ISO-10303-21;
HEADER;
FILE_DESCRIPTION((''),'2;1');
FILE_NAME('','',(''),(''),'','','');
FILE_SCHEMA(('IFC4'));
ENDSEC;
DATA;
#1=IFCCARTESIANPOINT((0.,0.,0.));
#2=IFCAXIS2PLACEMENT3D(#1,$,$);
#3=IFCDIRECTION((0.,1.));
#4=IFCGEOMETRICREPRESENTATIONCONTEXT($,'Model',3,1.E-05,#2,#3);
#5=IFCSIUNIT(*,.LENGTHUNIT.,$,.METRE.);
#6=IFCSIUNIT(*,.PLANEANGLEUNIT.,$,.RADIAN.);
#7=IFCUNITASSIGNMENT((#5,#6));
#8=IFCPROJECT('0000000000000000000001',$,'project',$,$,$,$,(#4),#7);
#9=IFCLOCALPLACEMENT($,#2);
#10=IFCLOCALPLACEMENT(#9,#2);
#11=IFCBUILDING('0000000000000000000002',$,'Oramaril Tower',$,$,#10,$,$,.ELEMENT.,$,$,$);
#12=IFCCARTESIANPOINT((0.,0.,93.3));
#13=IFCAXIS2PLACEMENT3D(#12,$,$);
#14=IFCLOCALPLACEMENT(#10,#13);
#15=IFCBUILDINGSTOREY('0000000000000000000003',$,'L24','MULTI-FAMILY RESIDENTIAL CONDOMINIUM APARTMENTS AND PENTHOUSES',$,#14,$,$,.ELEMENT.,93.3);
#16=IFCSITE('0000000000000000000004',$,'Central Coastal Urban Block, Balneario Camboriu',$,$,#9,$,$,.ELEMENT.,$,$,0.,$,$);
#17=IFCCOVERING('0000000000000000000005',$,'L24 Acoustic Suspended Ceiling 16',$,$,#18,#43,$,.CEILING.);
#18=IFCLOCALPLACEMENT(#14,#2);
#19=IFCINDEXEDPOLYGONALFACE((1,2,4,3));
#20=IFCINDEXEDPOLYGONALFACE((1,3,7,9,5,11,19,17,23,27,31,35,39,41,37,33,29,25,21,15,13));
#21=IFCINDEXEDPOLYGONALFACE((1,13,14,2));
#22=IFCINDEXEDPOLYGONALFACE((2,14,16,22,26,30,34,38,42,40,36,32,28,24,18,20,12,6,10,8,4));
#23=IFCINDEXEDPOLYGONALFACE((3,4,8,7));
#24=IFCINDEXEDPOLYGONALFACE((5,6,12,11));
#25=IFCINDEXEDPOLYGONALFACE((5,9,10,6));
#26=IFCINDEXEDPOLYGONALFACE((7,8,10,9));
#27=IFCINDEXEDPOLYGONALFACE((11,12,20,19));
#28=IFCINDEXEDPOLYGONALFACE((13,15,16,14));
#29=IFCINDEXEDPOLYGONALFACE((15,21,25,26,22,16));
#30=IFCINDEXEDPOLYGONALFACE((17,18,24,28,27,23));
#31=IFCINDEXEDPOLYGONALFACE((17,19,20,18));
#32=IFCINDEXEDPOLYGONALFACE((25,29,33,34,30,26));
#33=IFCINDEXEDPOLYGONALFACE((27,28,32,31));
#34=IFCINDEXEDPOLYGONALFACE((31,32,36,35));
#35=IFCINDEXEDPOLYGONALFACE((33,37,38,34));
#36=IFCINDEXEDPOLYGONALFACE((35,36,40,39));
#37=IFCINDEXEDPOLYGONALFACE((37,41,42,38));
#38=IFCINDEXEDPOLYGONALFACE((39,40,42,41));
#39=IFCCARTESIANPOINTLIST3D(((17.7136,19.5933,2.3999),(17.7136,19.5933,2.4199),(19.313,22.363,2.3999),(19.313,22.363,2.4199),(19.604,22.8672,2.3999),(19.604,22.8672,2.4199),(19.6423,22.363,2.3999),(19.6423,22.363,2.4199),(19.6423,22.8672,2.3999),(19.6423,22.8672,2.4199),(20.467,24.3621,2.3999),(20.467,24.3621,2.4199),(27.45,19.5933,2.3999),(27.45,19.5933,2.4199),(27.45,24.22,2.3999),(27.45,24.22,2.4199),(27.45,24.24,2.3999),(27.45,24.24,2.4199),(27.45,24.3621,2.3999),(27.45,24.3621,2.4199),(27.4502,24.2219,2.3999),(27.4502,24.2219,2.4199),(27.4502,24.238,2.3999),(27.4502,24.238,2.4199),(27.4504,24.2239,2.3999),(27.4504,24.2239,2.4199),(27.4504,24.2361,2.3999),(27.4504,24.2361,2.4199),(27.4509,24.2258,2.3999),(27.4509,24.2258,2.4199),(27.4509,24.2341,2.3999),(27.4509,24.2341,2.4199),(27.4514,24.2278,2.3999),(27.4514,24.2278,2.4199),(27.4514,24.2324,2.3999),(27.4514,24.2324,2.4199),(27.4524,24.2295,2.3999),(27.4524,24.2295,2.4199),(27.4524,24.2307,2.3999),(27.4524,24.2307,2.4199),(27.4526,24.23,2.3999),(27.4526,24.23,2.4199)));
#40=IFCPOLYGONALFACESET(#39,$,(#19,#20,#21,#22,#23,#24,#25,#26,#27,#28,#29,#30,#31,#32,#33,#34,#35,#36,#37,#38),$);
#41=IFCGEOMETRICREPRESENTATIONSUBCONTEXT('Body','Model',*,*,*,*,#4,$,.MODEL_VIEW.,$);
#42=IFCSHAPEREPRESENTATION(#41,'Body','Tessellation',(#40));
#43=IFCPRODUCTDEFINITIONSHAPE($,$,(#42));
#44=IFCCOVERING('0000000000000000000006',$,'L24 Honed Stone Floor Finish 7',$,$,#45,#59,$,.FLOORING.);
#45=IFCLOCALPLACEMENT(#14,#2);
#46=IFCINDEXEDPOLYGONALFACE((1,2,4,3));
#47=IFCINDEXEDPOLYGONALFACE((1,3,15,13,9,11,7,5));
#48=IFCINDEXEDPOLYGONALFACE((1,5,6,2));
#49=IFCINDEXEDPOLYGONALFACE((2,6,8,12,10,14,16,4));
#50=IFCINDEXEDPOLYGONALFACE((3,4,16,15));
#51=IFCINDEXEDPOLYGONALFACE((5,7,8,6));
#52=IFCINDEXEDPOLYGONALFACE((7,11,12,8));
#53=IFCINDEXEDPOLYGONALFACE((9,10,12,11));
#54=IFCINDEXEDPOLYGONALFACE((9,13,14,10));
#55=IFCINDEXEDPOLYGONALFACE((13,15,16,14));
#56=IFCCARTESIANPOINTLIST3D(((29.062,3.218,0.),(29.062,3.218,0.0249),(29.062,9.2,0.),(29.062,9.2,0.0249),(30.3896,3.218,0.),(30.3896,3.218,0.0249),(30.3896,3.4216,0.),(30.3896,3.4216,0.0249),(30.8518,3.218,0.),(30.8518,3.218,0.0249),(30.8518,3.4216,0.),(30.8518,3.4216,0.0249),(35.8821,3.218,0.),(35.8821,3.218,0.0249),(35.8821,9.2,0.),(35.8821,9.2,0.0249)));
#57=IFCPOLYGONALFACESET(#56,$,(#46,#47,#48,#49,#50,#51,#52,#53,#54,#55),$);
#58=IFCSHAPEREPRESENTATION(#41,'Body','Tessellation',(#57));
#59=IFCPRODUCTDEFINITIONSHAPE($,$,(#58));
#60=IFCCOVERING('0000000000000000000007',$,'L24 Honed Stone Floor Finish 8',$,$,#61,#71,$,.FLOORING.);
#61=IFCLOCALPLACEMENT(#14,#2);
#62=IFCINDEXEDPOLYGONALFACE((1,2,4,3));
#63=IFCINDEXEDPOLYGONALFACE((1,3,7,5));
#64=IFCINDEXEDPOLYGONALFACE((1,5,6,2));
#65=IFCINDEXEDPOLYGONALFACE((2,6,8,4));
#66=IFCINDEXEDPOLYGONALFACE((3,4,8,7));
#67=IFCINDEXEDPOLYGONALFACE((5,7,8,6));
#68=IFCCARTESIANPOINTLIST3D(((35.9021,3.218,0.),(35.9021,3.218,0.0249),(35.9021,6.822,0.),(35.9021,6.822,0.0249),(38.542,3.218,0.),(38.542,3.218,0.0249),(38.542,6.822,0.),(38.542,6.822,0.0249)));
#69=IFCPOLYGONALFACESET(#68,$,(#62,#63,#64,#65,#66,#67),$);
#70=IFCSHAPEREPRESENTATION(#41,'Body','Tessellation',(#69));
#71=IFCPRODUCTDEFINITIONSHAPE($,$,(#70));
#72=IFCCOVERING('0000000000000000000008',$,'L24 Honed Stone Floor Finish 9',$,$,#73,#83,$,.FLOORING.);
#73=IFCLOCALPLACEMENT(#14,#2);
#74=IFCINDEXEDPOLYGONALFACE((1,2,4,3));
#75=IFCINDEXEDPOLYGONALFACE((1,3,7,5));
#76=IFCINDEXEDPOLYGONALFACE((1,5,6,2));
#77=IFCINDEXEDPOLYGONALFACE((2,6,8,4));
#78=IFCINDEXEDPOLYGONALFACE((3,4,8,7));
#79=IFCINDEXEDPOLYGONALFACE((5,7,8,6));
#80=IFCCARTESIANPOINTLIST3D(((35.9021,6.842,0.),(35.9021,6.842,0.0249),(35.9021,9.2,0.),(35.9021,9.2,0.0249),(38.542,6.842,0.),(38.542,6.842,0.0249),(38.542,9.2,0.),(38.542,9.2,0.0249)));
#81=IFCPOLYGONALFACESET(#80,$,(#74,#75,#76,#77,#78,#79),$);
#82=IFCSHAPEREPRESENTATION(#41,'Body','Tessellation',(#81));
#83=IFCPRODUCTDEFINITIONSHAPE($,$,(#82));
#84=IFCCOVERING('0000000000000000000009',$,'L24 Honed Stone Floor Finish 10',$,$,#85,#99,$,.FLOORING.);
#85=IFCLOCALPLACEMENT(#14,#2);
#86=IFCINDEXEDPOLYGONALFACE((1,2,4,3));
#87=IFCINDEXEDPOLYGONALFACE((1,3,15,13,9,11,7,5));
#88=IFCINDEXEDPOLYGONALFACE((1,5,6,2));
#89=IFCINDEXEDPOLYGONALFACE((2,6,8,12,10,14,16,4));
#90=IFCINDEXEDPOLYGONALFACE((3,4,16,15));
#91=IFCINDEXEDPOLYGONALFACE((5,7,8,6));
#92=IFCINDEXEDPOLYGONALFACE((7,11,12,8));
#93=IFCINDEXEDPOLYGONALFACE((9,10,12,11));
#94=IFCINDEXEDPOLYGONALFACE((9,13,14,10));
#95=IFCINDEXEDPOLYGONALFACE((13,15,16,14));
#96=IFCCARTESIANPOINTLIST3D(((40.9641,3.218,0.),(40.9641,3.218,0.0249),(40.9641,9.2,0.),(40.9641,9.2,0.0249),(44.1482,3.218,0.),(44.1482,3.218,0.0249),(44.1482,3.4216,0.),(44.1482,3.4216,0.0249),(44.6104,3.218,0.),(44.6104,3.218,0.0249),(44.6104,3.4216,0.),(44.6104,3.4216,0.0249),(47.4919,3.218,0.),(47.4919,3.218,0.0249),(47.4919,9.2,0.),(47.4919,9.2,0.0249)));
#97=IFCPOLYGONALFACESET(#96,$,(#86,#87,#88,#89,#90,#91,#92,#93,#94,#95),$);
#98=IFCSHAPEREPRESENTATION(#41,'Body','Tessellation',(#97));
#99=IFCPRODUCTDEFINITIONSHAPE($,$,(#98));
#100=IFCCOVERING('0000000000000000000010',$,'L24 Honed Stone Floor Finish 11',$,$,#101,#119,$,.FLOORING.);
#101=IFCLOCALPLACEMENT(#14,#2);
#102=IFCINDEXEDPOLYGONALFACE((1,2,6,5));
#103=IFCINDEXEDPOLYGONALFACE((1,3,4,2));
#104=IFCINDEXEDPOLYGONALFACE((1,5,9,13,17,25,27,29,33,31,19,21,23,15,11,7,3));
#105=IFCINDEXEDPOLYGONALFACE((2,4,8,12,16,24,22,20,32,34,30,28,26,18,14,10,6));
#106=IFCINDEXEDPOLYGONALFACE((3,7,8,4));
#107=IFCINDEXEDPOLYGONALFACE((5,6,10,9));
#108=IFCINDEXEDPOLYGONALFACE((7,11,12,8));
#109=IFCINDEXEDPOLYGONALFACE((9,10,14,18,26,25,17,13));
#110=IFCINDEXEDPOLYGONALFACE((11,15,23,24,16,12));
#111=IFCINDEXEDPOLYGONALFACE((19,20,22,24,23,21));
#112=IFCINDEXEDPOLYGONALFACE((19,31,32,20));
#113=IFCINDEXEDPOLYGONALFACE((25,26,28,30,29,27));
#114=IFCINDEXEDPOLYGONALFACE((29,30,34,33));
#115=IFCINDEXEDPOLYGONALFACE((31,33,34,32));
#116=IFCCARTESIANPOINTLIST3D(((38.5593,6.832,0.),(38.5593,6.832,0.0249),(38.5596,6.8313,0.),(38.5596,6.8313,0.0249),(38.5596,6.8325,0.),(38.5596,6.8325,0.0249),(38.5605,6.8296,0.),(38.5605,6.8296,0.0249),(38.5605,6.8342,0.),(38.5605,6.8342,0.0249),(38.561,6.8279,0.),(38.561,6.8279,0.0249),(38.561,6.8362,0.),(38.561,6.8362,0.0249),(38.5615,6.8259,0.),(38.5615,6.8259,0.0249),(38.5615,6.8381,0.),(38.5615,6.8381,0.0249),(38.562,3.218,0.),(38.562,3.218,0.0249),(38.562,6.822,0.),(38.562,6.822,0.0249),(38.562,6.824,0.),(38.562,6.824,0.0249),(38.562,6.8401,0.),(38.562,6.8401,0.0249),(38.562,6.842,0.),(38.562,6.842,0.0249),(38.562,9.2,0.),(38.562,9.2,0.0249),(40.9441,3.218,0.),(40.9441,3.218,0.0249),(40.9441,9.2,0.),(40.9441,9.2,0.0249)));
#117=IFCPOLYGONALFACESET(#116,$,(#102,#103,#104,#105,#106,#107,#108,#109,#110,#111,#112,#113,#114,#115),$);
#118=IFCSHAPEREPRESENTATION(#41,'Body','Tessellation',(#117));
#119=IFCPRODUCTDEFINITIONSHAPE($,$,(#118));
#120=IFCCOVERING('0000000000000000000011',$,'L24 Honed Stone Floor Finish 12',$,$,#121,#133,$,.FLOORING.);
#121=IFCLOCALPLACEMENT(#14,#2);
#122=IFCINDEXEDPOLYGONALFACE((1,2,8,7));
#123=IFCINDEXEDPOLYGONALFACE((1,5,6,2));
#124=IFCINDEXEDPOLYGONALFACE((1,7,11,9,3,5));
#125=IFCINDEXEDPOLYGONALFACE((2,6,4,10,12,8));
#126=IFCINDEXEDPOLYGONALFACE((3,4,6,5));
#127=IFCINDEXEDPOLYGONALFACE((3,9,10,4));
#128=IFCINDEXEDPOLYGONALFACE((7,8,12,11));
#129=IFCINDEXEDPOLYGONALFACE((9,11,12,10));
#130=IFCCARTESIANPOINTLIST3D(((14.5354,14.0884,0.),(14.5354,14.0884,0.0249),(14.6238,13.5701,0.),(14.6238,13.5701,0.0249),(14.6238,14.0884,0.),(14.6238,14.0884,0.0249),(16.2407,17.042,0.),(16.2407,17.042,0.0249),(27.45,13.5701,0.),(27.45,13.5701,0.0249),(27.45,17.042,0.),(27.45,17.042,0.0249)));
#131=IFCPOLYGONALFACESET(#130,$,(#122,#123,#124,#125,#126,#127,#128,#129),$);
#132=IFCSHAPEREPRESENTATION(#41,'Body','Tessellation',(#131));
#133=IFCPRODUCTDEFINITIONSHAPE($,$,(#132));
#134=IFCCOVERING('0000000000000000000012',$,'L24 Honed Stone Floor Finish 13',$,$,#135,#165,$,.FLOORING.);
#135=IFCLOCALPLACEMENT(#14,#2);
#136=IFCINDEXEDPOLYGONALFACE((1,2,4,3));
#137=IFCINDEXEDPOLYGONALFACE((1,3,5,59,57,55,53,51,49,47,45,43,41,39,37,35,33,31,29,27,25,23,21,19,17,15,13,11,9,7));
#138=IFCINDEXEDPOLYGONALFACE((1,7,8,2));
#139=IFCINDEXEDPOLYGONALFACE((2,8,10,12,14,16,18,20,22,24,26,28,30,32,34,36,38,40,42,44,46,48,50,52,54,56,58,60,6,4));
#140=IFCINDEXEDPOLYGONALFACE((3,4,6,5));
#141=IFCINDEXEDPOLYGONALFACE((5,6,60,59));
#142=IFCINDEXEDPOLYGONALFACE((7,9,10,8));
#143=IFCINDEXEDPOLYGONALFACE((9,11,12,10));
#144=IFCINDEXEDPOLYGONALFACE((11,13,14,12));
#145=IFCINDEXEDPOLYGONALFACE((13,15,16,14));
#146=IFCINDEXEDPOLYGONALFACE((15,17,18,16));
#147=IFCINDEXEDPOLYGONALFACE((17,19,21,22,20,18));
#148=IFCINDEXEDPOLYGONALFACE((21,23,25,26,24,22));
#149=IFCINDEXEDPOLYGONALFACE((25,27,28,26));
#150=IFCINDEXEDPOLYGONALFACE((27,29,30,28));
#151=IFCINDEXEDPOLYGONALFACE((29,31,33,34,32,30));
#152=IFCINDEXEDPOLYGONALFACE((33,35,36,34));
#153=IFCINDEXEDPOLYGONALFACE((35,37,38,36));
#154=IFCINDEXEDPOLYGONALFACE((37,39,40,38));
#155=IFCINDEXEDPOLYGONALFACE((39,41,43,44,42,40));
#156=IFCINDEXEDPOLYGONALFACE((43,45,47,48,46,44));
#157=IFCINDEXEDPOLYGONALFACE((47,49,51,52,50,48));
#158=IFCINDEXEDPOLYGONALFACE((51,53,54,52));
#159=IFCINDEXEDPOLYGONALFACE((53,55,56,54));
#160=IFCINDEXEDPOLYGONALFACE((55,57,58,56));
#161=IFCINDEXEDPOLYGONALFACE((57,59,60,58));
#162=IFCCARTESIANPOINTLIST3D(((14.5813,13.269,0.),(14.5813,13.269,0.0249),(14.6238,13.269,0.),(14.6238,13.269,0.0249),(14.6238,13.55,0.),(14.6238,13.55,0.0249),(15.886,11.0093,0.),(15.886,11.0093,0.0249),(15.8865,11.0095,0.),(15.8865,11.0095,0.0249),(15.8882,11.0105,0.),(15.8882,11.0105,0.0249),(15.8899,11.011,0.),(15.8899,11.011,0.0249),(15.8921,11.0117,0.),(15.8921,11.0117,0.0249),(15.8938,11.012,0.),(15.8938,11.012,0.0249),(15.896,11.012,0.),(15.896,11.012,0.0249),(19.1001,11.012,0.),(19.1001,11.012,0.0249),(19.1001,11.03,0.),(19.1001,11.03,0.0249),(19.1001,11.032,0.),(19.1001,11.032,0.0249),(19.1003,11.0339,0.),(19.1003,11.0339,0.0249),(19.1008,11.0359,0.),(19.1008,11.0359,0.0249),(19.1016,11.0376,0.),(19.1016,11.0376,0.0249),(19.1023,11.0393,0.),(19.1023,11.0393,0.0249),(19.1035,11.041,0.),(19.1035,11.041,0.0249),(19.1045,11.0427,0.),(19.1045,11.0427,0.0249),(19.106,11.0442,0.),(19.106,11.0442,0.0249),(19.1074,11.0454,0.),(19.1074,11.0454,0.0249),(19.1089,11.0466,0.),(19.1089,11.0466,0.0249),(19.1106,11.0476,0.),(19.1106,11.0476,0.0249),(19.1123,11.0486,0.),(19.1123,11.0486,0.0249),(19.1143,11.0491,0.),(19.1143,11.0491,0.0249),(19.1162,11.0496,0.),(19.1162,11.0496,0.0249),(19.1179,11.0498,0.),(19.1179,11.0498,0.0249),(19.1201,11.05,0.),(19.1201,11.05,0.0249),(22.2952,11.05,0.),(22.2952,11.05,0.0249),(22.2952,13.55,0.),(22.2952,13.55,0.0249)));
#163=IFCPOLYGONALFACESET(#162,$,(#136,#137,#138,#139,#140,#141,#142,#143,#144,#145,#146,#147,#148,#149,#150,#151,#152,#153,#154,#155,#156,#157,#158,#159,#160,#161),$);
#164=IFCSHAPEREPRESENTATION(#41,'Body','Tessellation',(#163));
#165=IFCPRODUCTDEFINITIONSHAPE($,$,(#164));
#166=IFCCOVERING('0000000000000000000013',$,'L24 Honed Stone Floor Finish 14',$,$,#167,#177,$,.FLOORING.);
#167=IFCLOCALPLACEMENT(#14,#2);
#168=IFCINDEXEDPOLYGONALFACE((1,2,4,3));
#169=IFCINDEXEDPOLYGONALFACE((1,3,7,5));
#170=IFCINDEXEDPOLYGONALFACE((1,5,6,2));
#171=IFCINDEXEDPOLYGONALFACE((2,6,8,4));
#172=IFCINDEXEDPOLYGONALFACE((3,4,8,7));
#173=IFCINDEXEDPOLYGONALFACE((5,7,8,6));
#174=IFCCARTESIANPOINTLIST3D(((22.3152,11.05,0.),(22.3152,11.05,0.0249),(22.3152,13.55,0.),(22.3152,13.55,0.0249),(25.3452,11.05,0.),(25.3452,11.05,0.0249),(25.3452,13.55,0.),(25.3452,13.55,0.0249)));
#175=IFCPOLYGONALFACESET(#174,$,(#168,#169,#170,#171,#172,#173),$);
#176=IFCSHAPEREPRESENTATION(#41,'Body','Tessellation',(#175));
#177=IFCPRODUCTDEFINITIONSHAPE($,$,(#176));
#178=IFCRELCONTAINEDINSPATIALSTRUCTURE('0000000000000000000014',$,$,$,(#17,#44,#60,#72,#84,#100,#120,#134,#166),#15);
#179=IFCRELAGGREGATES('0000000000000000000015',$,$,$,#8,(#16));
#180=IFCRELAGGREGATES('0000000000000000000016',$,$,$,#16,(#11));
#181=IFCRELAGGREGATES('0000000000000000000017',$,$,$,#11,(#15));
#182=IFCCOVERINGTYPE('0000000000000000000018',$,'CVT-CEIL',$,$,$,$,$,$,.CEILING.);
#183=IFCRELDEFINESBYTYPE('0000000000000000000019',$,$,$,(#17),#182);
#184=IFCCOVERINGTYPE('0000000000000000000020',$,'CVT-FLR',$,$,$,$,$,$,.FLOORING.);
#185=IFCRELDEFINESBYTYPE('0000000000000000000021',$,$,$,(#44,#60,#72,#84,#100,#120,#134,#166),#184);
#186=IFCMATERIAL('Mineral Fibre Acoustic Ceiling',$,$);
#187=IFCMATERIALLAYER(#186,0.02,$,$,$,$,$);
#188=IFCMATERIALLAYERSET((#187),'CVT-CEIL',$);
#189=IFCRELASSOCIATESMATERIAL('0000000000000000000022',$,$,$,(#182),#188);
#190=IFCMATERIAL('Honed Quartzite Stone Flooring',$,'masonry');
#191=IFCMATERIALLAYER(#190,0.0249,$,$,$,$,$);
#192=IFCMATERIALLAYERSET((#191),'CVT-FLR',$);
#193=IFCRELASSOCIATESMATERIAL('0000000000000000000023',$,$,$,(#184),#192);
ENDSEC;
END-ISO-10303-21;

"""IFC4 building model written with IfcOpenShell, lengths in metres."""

from ifc_helpers import new_model, si_unit, direction, frame, origin, place, context, subcontext, project, spatial, polyline, outline, extrude, material, layer, layer_set, type_object, element, save


model = new_model("IFC4")

# Units and contexts
model_context = context("Model", 3, precision=1e-05, world=origin(), true_north=direction((0.0, 1.0)))
body_context = subcontext(model_context, "Body", "Model", "MODEL_VIEW")
ifc_project = project(units=[si_unit("LENGTHUNIT", "METRE"), si_unit("PLANEANGLEUNIT", "RADIAN")], contexts=[model_context])

# Site, building, storey
site_placement = place(None, origin())
site = spatial("IfcSite", under=ifc_project, at=site_placement, Name="Central Coastal Urban Block, Balneario Camboriu", CompositionType="ELEMENT", RefElevation=0.0)
building_placement = place(site_placement, origin())
building = spatial("IfcBuilding", under=site, at=building_placement, Name="Oramaril Tower", CompositionType="ELEMENT")
storey_placement = place(building_placement, frame((0.0, 0.0, 93.3)))
storey = spatial("IfcBuildingStorey", under=building, at=storey_placement, Name="L24", Description="MULTI-FAMILY RESIDENTIAL CONDOMINIUM APARTMENTS AND PENTHOUSES", CompositionType="ELEMENT", Elevation=93.3)

# Coverings
ifc_material_1 = material(Name="Mineral Fibre Acoustic Ceiling")
ifc_layer_1 = layer(ifc_material_1, 0.02)
ifc_layer_set_1 = layer_set([ifc_layer_1], Name="CVT-CEIL")
covering_type_1 = type_object("IfcCoveringType", Name="CVT-CEIL", PredefinedType="CEILING", material=ifc_layer_set_1)
covering_1_placement = place(storey_placement, frame((0.0, 0.0, 2.3999)))
element("IfcCovering", 1, at=covering_1_placement, inside=storey, type_object=covering_type_1, Name="L24 Acoustic Suspended Ceiling 16", PredefinedType="CEILING", context=body_context, shape_type="SweptSolid", body=[
    extrude(outline(polyline([(17.7136, 19.5933), (19.313, 22.363), (19.6423, 22.363), (19.6423, 22.8672), (19.604, 22.8672), (20.467, 24.3621), (27.45, 24.3621), (27.45, 24.24), (27.4502, 24.238), (27.4504, 24.2361), (27.4509, 24.2341), (27.4514, 24.2324), (27.4524, 24.2307), (27.4526, 24.23), (27.4524, 24.2295), (27.4514, 24.2278), (27.4509, 24.2258), (27.4504, 24.2239), (27.4502, 24.2219), (27.45, 24.22), (27.45, 19.5933), (17.7136, 19.5933)])), origin(), (0.0, 0.0, 1.0), 0.02),
])
ifc_material_2 = material(Name="Honed Quartzite Stone Flooring", Category="masonry")
ifc_layer_2 = layer(ifc_material_2, 0.0249)
ifc_layer_set_2 = layer_set([ifc_layer_2], Name="CVT-FLR")
covering_type_2 = type_object("IfcCoveringType", Name="CVT-FLR", PredefinedType="FLOORING", material=ifc_layer_set_2)
covering_2_placement = place(storey_placement, origin())
element("IfcCovering", 2, at=covering_2_placement, inside=storey, type_object=covering_type_2, Name="L24 Honed Stone Floor Finish 7", PredefinedType="FLOORING", context=body_context, shape_type="SweptSolid", body=[
    extrude(outline(polyline([(35.8821, 3.218), (30.8518, 3.218), (30.8518, 3.4216), (30.3896, 3.4216), (30.3896, 3.218), (29.062, 3.218), (29.062, 9.2), (35.8821, 9.2), (35.8821, 3.218)])), origin(), (0.0, 0.0, 1.0), 0.0249),
])
covering_3_placement = place(storey_placement, origin())
element("IfcCovering", 3, at=covering_3_placement, inside=storey, type_object=covering_type_2, Name="L24 Honed Stone Floor Finish 8", PredefinedType="FLOORING", context=body_context, shape_type="SweptSolid", body=[
    extrude(outline(polyline([(38.542, 6.822), (38.542, 3.218), (35.9021, 3.218), (35.9021, 6.822), (38.542, 6.822)])), origin(), (0.0, 0.0, 1.0), 0.0249),
])
covering_4_placement = place(storey_placement, origin())
element("IfcCovering", 4, at=covering_4_placement, inside=storey, type_object=covering_type_2, Name="L24 Honed Stone Floor Finish 9", PredefinedType="FLOORING", context=body_context, shape_type="SweptSolid", body=[
    extrude(outline(polyline([(38.542, 6.842), (35.9021, 6.842), (35.9021, 9.2), (38.542, 9.2), (38.542, 6.842)])), origin(), (0.0, 0.0, 1.0), 0.0249),
])
covering_5_placement = place(storey_placement, origin())
element("IfcCovering", 5, at=covering_5_placement, inside=storey, type_object=covering_type_2, Name="L24 Honed Stone Floor Finish 10", PredefinedType="FLOORING", context=body_context, shape_type="SweptSolid", body=[
    extrude(outline(polyline([(44.6104, 3.4216), (44.1482, 3.4216), (44.1482, 3.218), (40.9641, 3.218), (40.9641, 9.2), (47.4919, 9.2), (47.4919, 3.218), (44.6104, 3.218), (44.6104, 3.4216)])), origin(), (0.0, 0.0, 1.0), 0.0249),
])
covering_6_placement = place(storey_placement, origin())
element("IfcCovering", 6, at=covering_6_placement, inside=storey, type_object=covering_type_2, Name="L24 Honed Stone Floor Finish 11", PredefinedType="FLOORING", context=body_context, shape_type="SweptSolid", body=[
    extrude(outline(polyline([(38.562, 3.218), (38.562, 6.822), (38.562, 6.824), (38.5615, 6.8259), (38.561, 6.8279), (38.5605, 6.8296), (38.5596, 6.8313), (38.5593, 6.832), (38.5596, 6.8325), (38.5605, 6.8342), (38.561, 6.8362), (38.5615, 6.8381), (38.562, 6.8401), (38.562, 6.842), (38.562, 9.2), (40.9441, 9.2), (40.9441, 3.218), (38.562, 3.218)])), origin(), (0.0, 0.0, 1.0), 0.0249),
])
covering_7_placement = place(storey_placement, origin())
element("IfcCovering", 7, at=covering_7_placement, inside=storey, type_object=covering_type_2, Name="L24 Honed Stone Floor Finish 12", PredefinedType="FLOORING", context=body_context, shape_type="SweptSolid", body=[
    extrude(outline(polyline([(14.6238, 13.5701), (14.6238, 14.0884), (14.5354, 14.0884), (16.2407, 17.042), (27.45, 17.042), (27.45, 13.5701), (14.6238, 13.5701)])), origin(), (0.0, 0.0, 1.0), 0.0249),
])
covering_8_placement = place(storey_placement, origin())
element("IfcCovering", 8, at=covering_8_placement, inside=storey, type_object=covering_type_2, Name="L24 Honed Stone Floor Finish 13", PredefinedType="FLOORING", context=body_context, shape_type="SweptSolid", body=[
    extrude(outline(polyline([(14.6238, 13.269), (14.6238, 13.55), (22.2952, 13.55), (22.2952, 11.05), (19.1201, 11.05), (19.1179, 11.0498), (19.1162, 11.0496), (19.1143, 11.0491), (19.1123, 11.0486), (19.1106, 11.0476), (19.1089, 11.0466), (19.1074, 11.0454), (19.106, 11.0442), (19.1045, 11.0427), (19.1035, 11.041), (19.1023, 11.0393), (19.1016, 11.0376), (19.1008, 11.0359), (19.1003, 11.0339), (19.1001, 11.032), (19.1001, 11.03), (19.1001, 11.012), (15.896, 11.012), (15.8938, 11.012), (15.8921, 11.0117), (15.8899, 11.011), (15.8882, 11.0105), (15.8865, 11.0095), (15.886, 11.0093), (14.5813, 13.269), (14.6238, 13.269)])), origin(), (0.0, 0.0, 1.0), 0.0249),
])
covering_9_placement = place(storey_placement, origin())
element("IfcCovering", 9, at=covering_9_placement, inside=storey, type_object=covering_type_2, Name="L24 Honed Stone Floor Finish 14", PredefinedType="FLOORING", context=body_context, shape_type="SweptSolid", body=[
    extrude(outline(polyline([(25.3452, 11.05), (22.3152, 11.05), (22.3152, 13.55), (25.3452, 13.55), (25.3452, 11.05)])), origin(), (0.0, 0.0, 1.0), 0.0249),
])

save(model, "model.ifc")
